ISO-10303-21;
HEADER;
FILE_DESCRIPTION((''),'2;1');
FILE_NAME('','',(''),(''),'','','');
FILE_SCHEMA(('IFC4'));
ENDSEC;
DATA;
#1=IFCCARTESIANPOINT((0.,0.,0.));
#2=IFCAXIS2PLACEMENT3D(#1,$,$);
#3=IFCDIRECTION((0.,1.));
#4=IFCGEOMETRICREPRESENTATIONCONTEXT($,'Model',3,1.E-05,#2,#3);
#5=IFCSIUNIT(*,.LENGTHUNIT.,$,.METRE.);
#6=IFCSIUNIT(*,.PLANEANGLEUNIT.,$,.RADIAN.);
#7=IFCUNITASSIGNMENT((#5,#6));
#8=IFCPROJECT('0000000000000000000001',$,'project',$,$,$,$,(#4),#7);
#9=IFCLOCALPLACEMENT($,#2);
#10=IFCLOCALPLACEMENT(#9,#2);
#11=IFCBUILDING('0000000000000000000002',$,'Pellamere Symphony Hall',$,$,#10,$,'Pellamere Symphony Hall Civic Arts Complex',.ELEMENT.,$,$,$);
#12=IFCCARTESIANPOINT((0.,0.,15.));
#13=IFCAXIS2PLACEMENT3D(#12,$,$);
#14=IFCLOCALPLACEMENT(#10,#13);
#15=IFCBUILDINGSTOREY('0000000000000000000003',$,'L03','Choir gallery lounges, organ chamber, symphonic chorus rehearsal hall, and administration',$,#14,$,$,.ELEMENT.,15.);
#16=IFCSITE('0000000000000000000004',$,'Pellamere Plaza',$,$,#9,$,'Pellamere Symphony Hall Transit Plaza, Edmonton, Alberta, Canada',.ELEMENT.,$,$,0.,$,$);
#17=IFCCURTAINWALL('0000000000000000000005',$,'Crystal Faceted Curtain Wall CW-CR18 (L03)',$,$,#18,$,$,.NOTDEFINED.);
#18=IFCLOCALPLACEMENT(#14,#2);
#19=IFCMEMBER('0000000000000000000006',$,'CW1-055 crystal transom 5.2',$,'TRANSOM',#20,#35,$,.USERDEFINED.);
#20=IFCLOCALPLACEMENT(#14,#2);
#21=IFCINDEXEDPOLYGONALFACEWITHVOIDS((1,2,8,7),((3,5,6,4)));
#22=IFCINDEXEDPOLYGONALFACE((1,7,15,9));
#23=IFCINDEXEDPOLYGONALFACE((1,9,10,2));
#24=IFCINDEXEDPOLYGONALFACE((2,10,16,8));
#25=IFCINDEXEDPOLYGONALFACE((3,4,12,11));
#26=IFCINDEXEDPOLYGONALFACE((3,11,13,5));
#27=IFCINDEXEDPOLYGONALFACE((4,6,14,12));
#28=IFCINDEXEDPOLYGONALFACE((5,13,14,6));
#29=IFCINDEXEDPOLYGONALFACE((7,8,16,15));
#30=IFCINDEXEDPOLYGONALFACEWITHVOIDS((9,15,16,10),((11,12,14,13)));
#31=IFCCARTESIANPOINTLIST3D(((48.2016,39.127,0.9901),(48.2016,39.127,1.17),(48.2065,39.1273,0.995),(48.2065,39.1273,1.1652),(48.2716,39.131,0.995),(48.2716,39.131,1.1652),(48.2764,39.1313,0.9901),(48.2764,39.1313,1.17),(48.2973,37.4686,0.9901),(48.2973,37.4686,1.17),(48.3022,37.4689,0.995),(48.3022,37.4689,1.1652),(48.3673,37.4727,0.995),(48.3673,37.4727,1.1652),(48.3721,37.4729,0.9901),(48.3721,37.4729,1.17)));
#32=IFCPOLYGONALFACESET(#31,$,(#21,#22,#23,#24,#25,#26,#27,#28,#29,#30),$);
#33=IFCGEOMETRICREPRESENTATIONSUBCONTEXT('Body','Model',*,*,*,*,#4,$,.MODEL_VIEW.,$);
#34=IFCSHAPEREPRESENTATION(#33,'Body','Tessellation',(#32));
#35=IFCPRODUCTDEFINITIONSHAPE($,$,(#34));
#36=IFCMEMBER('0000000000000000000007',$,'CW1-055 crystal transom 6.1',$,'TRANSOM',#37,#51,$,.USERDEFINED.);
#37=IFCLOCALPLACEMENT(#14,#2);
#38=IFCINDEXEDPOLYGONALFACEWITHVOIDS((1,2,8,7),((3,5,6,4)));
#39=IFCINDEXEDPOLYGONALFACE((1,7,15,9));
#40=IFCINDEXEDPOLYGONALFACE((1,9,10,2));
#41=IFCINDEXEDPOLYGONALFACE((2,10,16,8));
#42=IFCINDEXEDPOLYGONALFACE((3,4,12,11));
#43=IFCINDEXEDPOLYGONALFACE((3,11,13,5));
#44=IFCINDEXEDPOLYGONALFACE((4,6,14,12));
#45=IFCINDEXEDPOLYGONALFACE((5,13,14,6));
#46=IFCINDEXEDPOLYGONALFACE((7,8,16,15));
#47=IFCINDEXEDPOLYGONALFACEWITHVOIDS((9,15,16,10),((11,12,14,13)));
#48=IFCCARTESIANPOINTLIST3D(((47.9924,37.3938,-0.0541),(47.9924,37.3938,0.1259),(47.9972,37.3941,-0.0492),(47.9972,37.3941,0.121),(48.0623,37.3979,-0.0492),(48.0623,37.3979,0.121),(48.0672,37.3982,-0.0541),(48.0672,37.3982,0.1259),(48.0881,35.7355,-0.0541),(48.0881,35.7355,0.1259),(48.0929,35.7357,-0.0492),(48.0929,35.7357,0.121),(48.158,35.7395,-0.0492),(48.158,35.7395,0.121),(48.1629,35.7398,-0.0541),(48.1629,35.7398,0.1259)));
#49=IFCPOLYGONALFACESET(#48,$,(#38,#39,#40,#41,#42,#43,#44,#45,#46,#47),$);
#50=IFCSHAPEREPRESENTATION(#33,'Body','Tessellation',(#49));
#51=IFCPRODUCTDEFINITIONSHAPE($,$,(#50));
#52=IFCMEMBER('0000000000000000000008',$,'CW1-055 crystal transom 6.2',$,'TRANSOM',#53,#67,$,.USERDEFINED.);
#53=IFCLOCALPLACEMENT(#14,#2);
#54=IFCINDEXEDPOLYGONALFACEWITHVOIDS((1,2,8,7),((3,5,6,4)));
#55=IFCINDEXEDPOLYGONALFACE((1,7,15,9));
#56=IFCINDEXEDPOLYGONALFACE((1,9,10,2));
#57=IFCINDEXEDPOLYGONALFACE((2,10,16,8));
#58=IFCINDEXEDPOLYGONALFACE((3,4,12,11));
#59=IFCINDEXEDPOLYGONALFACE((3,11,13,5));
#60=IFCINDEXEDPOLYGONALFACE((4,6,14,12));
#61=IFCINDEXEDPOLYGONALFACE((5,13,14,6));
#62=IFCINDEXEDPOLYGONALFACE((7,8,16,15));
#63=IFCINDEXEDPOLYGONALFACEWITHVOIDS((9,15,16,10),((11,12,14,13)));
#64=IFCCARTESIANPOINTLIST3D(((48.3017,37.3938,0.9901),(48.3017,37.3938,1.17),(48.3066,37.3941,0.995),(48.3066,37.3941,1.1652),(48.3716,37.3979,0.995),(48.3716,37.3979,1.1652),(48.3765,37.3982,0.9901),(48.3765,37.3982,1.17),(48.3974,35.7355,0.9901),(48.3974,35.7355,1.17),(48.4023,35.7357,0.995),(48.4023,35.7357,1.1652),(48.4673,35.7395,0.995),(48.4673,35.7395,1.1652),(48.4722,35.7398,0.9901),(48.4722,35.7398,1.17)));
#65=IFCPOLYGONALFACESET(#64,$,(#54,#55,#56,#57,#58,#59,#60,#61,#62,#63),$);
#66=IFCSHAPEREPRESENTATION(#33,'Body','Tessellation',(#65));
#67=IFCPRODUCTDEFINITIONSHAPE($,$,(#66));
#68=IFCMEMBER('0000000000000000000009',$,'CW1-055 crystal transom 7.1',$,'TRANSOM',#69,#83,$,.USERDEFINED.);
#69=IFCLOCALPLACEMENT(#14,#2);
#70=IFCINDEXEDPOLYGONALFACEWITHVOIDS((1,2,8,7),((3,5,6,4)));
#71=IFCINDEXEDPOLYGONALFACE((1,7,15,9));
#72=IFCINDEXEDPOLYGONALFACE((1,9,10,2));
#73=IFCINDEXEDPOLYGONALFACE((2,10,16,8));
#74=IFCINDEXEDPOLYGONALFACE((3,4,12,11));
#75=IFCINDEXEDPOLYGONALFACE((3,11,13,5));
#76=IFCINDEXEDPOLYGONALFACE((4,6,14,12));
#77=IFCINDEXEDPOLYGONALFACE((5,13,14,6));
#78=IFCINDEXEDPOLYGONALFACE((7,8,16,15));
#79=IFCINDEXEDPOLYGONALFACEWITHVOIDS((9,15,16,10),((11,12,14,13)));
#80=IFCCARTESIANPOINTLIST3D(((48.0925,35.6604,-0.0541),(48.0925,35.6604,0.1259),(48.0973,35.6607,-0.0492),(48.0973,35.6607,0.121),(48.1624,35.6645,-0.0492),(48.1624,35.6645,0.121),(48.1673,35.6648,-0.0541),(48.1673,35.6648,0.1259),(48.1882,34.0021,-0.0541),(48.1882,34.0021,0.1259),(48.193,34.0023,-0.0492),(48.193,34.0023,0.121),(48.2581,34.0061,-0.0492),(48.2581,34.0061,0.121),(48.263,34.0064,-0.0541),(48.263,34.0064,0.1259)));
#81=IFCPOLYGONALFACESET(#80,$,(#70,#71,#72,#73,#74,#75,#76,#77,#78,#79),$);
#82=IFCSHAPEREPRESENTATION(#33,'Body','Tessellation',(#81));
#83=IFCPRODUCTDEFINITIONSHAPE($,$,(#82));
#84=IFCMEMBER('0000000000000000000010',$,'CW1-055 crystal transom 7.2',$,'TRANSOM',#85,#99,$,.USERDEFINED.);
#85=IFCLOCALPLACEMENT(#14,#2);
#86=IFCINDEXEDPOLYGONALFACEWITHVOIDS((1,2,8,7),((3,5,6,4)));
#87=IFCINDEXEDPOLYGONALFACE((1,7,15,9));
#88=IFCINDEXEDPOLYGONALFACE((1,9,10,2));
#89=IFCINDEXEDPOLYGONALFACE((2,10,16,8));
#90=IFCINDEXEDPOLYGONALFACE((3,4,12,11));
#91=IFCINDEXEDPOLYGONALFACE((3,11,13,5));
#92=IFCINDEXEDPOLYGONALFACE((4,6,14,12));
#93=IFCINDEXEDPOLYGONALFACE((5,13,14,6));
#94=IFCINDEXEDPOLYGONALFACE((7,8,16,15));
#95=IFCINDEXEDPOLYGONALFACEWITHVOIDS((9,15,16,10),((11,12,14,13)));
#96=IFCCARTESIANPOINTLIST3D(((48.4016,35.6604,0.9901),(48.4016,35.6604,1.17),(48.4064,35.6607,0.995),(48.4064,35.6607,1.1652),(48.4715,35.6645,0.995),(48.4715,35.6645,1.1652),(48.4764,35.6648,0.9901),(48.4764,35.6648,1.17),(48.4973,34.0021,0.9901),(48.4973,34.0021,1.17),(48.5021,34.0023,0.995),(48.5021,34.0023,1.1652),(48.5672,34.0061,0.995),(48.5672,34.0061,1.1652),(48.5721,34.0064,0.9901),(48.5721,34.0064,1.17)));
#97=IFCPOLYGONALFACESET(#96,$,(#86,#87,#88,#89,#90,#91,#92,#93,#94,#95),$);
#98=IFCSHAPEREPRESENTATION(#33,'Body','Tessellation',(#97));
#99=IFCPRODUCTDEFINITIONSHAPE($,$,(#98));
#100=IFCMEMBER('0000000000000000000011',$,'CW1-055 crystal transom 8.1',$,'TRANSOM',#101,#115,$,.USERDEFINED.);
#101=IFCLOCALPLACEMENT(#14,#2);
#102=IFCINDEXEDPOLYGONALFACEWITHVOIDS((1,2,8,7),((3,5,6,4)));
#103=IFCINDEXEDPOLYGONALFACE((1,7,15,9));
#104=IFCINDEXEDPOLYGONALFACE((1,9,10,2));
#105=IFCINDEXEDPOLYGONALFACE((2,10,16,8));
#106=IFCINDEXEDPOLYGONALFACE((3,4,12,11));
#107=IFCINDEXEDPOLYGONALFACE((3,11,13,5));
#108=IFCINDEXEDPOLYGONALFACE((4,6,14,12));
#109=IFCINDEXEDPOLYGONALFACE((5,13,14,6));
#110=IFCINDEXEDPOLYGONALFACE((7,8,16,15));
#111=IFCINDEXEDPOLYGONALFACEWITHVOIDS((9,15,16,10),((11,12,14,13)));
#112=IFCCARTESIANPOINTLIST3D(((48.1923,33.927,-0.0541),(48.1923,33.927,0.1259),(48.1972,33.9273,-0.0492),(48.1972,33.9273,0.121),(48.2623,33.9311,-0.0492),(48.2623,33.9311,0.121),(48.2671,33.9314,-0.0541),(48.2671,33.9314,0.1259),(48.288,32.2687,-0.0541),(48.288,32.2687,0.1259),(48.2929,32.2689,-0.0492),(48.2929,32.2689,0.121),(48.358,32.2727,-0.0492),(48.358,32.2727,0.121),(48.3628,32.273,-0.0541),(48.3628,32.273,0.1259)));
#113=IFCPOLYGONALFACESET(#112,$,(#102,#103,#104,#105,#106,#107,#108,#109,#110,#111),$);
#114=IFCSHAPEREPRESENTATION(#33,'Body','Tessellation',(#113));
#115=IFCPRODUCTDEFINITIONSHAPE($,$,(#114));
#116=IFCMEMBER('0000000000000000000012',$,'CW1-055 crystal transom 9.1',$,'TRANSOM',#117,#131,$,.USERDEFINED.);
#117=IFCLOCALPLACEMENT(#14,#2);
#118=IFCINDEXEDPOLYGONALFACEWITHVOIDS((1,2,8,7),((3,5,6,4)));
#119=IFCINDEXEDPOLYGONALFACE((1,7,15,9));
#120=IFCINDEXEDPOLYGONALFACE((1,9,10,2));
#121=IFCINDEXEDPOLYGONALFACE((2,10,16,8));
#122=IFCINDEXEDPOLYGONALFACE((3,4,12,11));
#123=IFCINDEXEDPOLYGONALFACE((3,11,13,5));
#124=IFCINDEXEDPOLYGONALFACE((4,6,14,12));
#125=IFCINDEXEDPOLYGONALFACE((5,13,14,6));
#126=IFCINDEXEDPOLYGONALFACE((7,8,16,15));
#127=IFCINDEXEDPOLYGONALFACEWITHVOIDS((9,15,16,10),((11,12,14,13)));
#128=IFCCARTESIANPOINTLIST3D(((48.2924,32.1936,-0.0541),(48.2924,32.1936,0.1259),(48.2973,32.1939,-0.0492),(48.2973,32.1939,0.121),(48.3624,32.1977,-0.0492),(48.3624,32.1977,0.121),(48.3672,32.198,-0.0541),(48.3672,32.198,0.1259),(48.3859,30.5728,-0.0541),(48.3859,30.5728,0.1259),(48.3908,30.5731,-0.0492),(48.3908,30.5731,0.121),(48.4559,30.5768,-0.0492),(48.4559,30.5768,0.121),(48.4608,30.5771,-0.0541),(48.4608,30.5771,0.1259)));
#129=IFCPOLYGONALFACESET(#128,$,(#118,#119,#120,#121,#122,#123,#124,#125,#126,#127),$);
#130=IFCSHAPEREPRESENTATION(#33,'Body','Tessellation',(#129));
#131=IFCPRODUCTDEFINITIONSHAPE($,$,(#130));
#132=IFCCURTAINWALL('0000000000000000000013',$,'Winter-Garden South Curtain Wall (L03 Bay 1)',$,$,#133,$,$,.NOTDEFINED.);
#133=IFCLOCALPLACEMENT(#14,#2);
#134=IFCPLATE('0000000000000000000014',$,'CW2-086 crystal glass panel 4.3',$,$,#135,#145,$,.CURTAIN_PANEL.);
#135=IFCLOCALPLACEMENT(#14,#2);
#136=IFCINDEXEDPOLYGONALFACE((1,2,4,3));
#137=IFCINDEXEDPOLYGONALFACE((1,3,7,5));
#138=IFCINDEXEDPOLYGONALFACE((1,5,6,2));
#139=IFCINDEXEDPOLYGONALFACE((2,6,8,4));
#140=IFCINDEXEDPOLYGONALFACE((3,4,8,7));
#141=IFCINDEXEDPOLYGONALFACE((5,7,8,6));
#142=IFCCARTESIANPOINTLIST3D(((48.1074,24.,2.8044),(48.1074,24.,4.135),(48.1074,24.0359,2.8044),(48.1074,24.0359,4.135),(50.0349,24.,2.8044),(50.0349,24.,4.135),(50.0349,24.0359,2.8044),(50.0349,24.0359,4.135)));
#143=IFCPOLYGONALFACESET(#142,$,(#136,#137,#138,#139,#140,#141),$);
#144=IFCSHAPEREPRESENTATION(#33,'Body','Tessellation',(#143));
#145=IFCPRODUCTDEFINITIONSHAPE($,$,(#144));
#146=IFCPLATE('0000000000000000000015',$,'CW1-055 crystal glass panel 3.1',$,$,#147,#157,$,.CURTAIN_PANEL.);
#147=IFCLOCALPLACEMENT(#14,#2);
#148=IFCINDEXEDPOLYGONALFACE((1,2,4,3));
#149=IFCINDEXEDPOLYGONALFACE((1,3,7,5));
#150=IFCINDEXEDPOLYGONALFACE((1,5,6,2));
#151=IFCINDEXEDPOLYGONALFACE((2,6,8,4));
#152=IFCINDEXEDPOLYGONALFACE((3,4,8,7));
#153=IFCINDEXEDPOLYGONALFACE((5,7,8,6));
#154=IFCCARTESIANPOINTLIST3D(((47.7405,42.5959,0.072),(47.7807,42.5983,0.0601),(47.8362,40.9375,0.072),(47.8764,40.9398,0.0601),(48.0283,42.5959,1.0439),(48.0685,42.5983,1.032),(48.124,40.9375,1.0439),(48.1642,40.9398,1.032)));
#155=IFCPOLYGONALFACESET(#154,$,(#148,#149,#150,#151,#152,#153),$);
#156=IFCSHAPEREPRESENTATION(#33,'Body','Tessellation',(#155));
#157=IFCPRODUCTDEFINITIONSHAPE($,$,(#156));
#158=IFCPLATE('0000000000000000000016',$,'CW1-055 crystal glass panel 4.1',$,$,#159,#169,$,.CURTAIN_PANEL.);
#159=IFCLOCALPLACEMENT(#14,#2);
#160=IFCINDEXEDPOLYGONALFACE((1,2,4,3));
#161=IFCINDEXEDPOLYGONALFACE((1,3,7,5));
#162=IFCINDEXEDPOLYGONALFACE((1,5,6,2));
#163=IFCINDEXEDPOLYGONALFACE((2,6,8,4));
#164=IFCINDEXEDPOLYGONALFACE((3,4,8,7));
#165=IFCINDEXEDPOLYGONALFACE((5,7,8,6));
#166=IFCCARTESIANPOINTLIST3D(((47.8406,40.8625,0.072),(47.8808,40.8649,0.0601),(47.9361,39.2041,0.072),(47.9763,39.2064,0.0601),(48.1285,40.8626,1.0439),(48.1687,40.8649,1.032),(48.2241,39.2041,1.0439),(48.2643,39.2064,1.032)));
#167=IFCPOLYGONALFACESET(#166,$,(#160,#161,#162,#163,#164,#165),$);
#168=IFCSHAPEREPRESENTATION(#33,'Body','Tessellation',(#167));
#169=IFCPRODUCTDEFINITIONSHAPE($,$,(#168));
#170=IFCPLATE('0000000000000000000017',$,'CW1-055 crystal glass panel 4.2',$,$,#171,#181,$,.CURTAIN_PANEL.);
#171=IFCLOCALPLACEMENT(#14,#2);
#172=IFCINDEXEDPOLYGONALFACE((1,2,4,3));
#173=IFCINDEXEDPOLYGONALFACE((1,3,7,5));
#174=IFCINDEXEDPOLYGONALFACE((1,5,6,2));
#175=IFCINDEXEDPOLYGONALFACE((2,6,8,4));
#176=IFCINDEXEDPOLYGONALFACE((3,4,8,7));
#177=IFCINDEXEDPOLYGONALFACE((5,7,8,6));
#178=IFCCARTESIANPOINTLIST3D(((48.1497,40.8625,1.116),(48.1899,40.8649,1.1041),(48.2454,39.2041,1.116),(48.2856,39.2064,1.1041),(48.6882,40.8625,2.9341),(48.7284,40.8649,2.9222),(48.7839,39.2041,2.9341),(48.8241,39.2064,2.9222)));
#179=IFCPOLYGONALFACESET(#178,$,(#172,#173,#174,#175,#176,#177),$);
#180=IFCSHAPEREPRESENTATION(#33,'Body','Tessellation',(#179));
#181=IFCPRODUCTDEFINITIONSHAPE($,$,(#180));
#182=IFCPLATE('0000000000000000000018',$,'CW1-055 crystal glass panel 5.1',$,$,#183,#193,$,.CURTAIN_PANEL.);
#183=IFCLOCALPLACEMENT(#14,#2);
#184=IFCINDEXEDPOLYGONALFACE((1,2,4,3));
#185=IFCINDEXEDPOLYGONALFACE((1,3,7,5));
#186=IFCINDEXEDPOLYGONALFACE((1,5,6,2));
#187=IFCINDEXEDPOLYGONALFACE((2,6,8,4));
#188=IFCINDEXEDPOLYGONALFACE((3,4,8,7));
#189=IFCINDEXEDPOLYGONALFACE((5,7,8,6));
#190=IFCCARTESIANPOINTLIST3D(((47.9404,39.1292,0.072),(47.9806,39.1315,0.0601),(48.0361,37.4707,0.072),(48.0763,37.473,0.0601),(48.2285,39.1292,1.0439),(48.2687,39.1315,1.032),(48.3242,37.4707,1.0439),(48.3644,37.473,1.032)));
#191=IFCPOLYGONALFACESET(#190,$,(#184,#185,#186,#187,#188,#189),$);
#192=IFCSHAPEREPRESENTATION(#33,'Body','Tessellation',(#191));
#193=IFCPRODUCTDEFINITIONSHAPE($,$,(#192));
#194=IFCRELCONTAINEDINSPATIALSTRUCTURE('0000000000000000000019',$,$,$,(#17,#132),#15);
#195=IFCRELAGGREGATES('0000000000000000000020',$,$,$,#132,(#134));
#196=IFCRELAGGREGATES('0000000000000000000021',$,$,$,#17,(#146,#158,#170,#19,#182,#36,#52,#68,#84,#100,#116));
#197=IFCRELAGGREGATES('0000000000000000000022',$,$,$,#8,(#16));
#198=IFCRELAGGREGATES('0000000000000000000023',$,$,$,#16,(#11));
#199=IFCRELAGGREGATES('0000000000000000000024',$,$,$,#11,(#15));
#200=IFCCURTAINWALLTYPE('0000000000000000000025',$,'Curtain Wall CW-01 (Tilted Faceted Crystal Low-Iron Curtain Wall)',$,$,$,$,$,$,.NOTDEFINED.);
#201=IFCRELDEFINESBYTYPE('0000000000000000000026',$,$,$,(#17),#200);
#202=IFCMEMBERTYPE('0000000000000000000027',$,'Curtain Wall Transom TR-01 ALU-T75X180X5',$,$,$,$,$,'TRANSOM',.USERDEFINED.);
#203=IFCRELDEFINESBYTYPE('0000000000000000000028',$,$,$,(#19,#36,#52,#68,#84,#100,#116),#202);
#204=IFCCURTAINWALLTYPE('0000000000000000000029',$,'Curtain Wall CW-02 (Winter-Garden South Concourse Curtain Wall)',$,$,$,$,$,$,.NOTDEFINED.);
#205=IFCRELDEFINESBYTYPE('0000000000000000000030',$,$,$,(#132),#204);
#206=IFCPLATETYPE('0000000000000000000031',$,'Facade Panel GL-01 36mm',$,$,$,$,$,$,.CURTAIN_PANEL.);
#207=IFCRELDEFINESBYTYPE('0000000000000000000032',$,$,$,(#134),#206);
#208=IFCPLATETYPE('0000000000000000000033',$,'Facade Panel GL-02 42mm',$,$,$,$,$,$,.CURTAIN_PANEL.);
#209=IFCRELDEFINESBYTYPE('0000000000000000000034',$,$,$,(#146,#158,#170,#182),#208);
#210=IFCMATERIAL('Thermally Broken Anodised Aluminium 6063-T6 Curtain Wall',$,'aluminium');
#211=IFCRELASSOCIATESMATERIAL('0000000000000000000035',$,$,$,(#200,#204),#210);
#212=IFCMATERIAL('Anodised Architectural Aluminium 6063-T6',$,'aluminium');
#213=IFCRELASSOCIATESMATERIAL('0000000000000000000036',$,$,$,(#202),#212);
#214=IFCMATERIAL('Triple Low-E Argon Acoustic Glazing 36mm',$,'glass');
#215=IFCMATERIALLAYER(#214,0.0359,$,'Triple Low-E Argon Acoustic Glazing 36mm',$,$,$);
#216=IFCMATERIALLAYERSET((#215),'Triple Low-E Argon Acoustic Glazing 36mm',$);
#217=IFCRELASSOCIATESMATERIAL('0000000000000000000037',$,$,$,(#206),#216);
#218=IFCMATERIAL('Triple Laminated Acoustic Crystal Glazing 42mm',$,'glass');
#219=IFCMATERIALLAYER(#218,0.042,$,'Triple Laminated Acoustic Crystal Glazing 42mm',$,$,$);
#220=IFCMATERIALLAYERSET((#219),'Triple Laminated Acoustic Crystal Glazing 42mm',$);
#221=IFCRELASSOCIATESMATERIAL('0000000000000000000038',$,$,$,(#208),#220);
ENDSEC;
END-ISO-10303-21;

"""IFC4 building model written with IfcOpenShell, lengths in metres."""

from ifc_helpers import new_model, si_unit, direction, frame, origin, origin_2d, place, context, subcontext, project, spatial, polyline, hollow_rectangle, outline, extrude, material, layer, layer_set, material_profile, profile_set, type_object, element, aggregate, save


model = new_model("IFC4")

# Units and contexts
model_context = context("Model", 3, precision=1e-05, world=origin(), true_north=direction((0.0, 1.0)))
body_context = subcontext(model_context, "Body", "Model", "MODEL_VIEW")
ifc_project = project(units=[si_unit("LENGTHUNIT", "METRE"), si_unit("PLANEANGLEUNIT", "RADIAN")], contexts=[model_context])

# Site, building, storey
site_placement = place(None, origin())
site = spatial("IfcSite", under=ifc_project, at=site_placement, Name="Pellamere Plaza", LongName="Pellamere Symphony Hall Transit Plaza, Edmonton, Alberta, Canada", CompositionType="ELEMENT", RefElevation=0.0)
building_placement = place(site_placement, origin())
building = spatial("IfcBuilding", under=site, at=building_placement, Name="Pellamere Symphony Hall", LongName="Pellamere Symphony Hall Civic Arts Complex", CompositionType="ELEMENT")
storey_placement = place(building_placement, frame((0.0, 0.0, 15.0)))
storey = spatial("IfcBuildingStorey", under=building, at=storey_placement, Name="L03", Description="Choir gallery lounges, organ chamber, symphonic chorus rehearsal hall, and administration", CompositionType="ELEMENT", Elevation=15.0)

# Curtain wall, members
ifc_material_1 = material(Name="Thermally Broken Anodised Aluminium 6063-T6 Curtain Wall", Category="aluminium")
curtain_wall_type_1 = type_object("IfcCurtainWallType", Name="Curtain Wall CW-01 (Tilted Faceted Crystal Low-Iron Curtain Wall)", PredefinedType="NOTDEFINED", material=ifc_material_1)
curtain_wall_1_placement = place(storey_placement, origin())
curtain_wall_1 = element("IfcCurtainWall", 1, at=curtain_wall_1_placement, inside=storey, type_object=curtain_wall_type_1, Name="Crystal Faceted Curtain Wall CW-CR18 (L03)", PredefinedType="NOTDEFINED")
ifc_material_2 = material(Name="Anodised Architectural Aluminium 6063-T6", Category="aluminium")
ifc_material_profile_1 = material_profile(ifc_material_2, hollow_rectangle(XDim=0.075, YDim=0.1799, WallThickness=0.0049, at=origin_2d()), Name="ALU-T75X180X5")
ifc_profile_set_1 = profile_set([ifc_material_profile_1], Name="Anodised Architectural Aluminium 6063-T6")
member_type_1 = type_object("IfcMemberType", Name="Curtain Wall Transom TR-01 ALU-T75X180X5", ElementType="TRANSOM", PredefinedType="USERDEFINED", material=ifc_profile_set_1)
member_1_placement = place(storey_placement, frame((48.239, 39.1292, 1.0801), z_axis=(0.057611, -0.998339, 0.0), x_axis=(0.998339, 0.057611, 0.0)))
member_1 = element("IfcMember", 2, at=member_1_placement, type_object=member_type_1, Name="CW1-055 crystal transom 5.2", ObjectType="TRANSOM", PredefinedType="USERDEFINED", context=body_context, shape_type="SweptSolid", body=[
    extrude(hollow_rectangle(XDim=0.075, YDim=0.1799, WallThickness=0.0049, at=origin_2d()), origin(), (0.0, 0.0, 1.0), 1.6611),
])
member_2_placement = place(storey_placement, frame((48.0298, 37.396, 0.0359), z_axis=(0.057611, -0.998339, 0.0), x_axis=(0.998339, 0.057611, 0.0)))
member_2 = element("IfcMember", 3, at=member_2_placement, type_object=member_type_1, Name="CW1-055 crystal transom 6.1", ObjectType="TRANSOM", PredefinedType="USERDEFINED", context=body_context, shape_type="SweptSolid", body=[
    extrude(hollow_rectangle(XDim=0.075, YDim=0.1799, WallThickness=0.0049, at=origin_2d()), origin(), (0.0, 0.0, 1.0), 1.6611),
])
member_3_placement = place(storey_placement, frame((48.3391, 37.396, 1.0801), z_axis=(0.057611, -0.998339, 0.0), x_axis=(0.998339, 0.057611, 0.0)))
member_3 = element("IfcMember", 4, at=member_3_placement, type_object=member_type_1, Name="CW1-055 crystal transom 6.2", ObjectType="TRANSOM", PredefinedType="USERDEFINED", context=body_context, shape_type="SweptSolid", body=[
    extrude(hollow_rectangle(XDim=0.075, YDim=0.1799, WallThickness=0.0049, at=origin_2d()), origin(), (0.0, 0.0, 1.0), 1.6611),
])
member_4_placement = place(storey_placement, frame((48.1299, 35.6626, 0.0359), z_axis=(0.057611, -0.998339, 0.0), x_axis=(0.998339, 0.057611, 0.0)))
member_4 = element("IfcMember", 5, at=member_4_placement, type_object=member_type_1, Name="CW1-055 crystal transom 7.1", ObjectType="TRANSOM", PredefinedType="USERDEFINED", context=body_context, shape_type="SweptSolid", body=[
    extrude(hollow_rectangle(XDim=0.075, YDim=0.1799, WallThickness=0.0049, at=origin_2d()), origin(), (0.0, 0.0, 1.0), 1.6611),
])
member_5_placement = place(storey_placement, frame((48.439, 35.6626, 1.0801), z_axis=(0.057611, -0.998339, 0.0), x_axis=(0.998339, 0.057611, 0.0)))
member_5 = element("IfcMember", 6, at=member_5_placement, type_object=member_type_1, Name="CW1-055 crystal transom 7.2", ObjectType="TRANSOM", PredefinedType="USERDEFINED", context=body_context, shape_type="SweptSolid", body=[
    extrude(hollow_rectangle(XDim=0.075, YDim=0.1799, WallThickness=0.0049, at=origin_2d()), origin(), (0.0, 0.0, 1.0), 1.6611),
])
member_6_placement = place(storey_placement, frame((48.2297, 33.9292, 0.0359), z_axis=(0.057611, -0.998339, 0.0), x_axis=(0.998339, 0.057611, 0.0)))
member_6 = element("IfcMember", 7, at=member_6_placement, type_object=member_type_1, Name="CW1-055 crystal transom 8.1", ObjectType="TRANSOM", PredefinedType="USERDEFINED", context=body_context, shape_type="SweptSolid", body=[
    extrude(hollow_rectangle(XDim=0.075, YDim=0.1799, WallThickness=0.0049, at=origin_2d()), origin(), (0.0, 0.0, 1.0), 1.6611),
])
member_7_placement = place(storey_placement, frame((48.3298, 32.1958, 0.0359), z_axis=(0.057594, -0.99834, 0.0), x_axis=(0.99834, 0.057594, 0.0)))
member_7 = element("IfcMember", 8, at=member_7_placement, type_object=member_type_1, Name="CW1-055 crystal transom 9.1", ObjectType="TRANSOM", PredefinedType="USERDEFINED", context=body_context, shape_type="SweptSolid", body=[
    extrude(hollow_rectangle(XDim=0.075, YDim=0.1799, WallThickness=0.0049, at=origin_2d()), origin(), (0.0, 0.0, 1.0), 1.6235),
])

# Curtain wall, plate
curtain_wall_type_2 = type_object("IfcCurtainWallType", Name="Curtain Wall CW-02 (Winter-Garden South Concourse Curtain Wall)", PredefinedType="NOTDEFINED", material=ifc_material_1)
curtain_wall_2_placement = place(storey_placement, origin())
curtain_wall_2 = element("IfcCurtainWall", 9, at=curtain_wall_2_placement, inside=storey, type_object=curtain_wall_type_2, Name="Winter-Garden South Curtain Wall (L03 Bay 1)", PredefinedType="NOTDEFINED")
ifc_material_3 = material(Name="Triple Low-E Argon Acoustic Glazing 36mm", Category="glass")
ifc_layer_1 = layer(ifc_material_3, 0.0359, Name="Triple Low-E Argon Acoustic Glazing 36mm")
ifc_layer_set_1 = layer_set([ifc_layer_1], Name="Triple Low-E Argon Acoustic Glazing 36mm")
plate_type_1 = type_object("IfcPlateType", Name="Facade Panel GL-01 36mm", PredefinedType="CURTAIN_PANEL", material=ifc_layer_set_1)
plate_1_placement = place(storey_placement, frame((48.1074, 24.0, 2.8044), z_axis=(0.0, -1.0, 0.0), x_axis=(1.0, 0.0, 0.0)))
plate_1 = element("IfcPlate", 10, at=plate_1_placement, type_object=plate_type_1, Name="CW2-086 crystal glass panel 4.3", PredefinedType="CURTAIN_PANEL", context=body_context, shape_type="SweptSolid", body=[
    extrude(outline(polyline([(0.0, 0.0), (1.9275, 0.0), (1.9275, 1.3306), (0.0, 1.3306), (0.0, 0.0)])), origin(), (0.0, 0.0, -1.0), 0.0359),
])
aggregate(curtain_wall_2, [plate_1])

# Plates
ifc_material_4 = material(Name="Triple Laminated Acoustic Crystal Glazing 42mm", Category="glass")
ifc_layer_2 = layer(ifc_material_4, 0.042, Name="Triple Laminated Acoustic Crystal Glazing 42mm")
ifc_layer_set_2 = layer_set([ifc_layer_2], Name="Triple Laminated Acoustic Crystal Glazing 42mm")
plate_type_2 = type_object("IfcPlateType", Name="Facade Panel GL-02 42mm", PredefinedType="CURTAIN_PANEL", material=ifc_layer_set_2)
plate_2_placement = place(storey_placement, frame((47.7405, 42.5959, 0.072), z_axis=(-0.95737, -0.055246, 0.283532), x_axis=(0.057611, -0.998339, 0.0)))
plate_2 = element("IfcPlate", 11, at=plate_2_placement, type_object=plate_type_2, Name="CW1-055 crystal glass panel 3.1", PredefinedType="CURTAIN_PANEL", context=body_context, shape_type="SweptSolid", body=[
    extrude(outline(polyline([(0.0, 0.0), (1.6612, 0.0), (1.6778, 1.0135), (0.0166, 1.0135), (0.0, 0.0)])), origin(), (0.0, 0.0, -1.0), 0.042),
])
plate_3_placement = place(storey_placement, frame((47.8406, 40.8625, 0.072), z_axis=(-0.957341, -0.055174, 0.283643), x_axis=(0.057531, -0.998344, -0.00002)))
plate_3 = element("IfcPlate", 12, at=plate_3_placement, type_object=plate_type_2, Name="CW1-055 crystal glass panel 4.1", PredefinedType="CURTAIN_PANEL", context=body_context, shape_type="SweptSolid", body=[
    extrude(outline(polyline([(0.0, 0.0), (1.6612, 0.0), (1.6777, 1.0136), (0.0165, 1.0135), (0.0, 0.0)])), origin(), (0.0, 0.0, -1.0), 0.042),
])
plate_4_placement = place(storey_placement, frame((48.1497, 40.8625, 1.116), z_axis=(-0.957352, -0.055245, 0.283593), x_axis=(0.057611, -0.998339, 0.0)))
plate_4 = element("IfcPlate", 13, at=plate_4_placement, type_object=plate_type_2, Name="CW1-055 crystal glass panel 4.2", PredefinedType="CURTAIN_PANEL", context=body_context, shape_type="SweptSolid", body=[
    extrude(outline(polyline([(0.0, 0.0), (1.6612, 0.0), (1.6922, 1.896), (0.031, 1.896), (0.0, 0.0)])), origin(), (0.0, 0.0, -1.0), 0.042),
])
plate_5_placement = place(storey_placement, frame((47.9404, 39.1292, 0.072), z_axis=(-0.957305, -0.055243, 0.283753), x_axis=(0.057611, -0.998339, 0.0)))
plate_5 = element("IfcPlate", 14, at=plate_5_placement, type_object=plate_type_2, Name="CW1-055 crystal glass panel 5.1", PredefinedType="CURTAIN_PANEL", context=body_context, shape_type="SweptSolid", body=[
    extrude(outline(polyline([(0.0, 0.0), (1.6612, 0.0), (1.6778, 1.0136), (0.0166, 1.0136), (0.0, 0.0)])), origin(), (0.0, 0.0, -1.0), 0.042),
])
aggregate(curtain_wall_1, [plate_2, plate_3, plate_4, member_1, plate_5, member_2, member_3, member_4, member_5, member_6, member_7])

save(model, "model.ifc")
